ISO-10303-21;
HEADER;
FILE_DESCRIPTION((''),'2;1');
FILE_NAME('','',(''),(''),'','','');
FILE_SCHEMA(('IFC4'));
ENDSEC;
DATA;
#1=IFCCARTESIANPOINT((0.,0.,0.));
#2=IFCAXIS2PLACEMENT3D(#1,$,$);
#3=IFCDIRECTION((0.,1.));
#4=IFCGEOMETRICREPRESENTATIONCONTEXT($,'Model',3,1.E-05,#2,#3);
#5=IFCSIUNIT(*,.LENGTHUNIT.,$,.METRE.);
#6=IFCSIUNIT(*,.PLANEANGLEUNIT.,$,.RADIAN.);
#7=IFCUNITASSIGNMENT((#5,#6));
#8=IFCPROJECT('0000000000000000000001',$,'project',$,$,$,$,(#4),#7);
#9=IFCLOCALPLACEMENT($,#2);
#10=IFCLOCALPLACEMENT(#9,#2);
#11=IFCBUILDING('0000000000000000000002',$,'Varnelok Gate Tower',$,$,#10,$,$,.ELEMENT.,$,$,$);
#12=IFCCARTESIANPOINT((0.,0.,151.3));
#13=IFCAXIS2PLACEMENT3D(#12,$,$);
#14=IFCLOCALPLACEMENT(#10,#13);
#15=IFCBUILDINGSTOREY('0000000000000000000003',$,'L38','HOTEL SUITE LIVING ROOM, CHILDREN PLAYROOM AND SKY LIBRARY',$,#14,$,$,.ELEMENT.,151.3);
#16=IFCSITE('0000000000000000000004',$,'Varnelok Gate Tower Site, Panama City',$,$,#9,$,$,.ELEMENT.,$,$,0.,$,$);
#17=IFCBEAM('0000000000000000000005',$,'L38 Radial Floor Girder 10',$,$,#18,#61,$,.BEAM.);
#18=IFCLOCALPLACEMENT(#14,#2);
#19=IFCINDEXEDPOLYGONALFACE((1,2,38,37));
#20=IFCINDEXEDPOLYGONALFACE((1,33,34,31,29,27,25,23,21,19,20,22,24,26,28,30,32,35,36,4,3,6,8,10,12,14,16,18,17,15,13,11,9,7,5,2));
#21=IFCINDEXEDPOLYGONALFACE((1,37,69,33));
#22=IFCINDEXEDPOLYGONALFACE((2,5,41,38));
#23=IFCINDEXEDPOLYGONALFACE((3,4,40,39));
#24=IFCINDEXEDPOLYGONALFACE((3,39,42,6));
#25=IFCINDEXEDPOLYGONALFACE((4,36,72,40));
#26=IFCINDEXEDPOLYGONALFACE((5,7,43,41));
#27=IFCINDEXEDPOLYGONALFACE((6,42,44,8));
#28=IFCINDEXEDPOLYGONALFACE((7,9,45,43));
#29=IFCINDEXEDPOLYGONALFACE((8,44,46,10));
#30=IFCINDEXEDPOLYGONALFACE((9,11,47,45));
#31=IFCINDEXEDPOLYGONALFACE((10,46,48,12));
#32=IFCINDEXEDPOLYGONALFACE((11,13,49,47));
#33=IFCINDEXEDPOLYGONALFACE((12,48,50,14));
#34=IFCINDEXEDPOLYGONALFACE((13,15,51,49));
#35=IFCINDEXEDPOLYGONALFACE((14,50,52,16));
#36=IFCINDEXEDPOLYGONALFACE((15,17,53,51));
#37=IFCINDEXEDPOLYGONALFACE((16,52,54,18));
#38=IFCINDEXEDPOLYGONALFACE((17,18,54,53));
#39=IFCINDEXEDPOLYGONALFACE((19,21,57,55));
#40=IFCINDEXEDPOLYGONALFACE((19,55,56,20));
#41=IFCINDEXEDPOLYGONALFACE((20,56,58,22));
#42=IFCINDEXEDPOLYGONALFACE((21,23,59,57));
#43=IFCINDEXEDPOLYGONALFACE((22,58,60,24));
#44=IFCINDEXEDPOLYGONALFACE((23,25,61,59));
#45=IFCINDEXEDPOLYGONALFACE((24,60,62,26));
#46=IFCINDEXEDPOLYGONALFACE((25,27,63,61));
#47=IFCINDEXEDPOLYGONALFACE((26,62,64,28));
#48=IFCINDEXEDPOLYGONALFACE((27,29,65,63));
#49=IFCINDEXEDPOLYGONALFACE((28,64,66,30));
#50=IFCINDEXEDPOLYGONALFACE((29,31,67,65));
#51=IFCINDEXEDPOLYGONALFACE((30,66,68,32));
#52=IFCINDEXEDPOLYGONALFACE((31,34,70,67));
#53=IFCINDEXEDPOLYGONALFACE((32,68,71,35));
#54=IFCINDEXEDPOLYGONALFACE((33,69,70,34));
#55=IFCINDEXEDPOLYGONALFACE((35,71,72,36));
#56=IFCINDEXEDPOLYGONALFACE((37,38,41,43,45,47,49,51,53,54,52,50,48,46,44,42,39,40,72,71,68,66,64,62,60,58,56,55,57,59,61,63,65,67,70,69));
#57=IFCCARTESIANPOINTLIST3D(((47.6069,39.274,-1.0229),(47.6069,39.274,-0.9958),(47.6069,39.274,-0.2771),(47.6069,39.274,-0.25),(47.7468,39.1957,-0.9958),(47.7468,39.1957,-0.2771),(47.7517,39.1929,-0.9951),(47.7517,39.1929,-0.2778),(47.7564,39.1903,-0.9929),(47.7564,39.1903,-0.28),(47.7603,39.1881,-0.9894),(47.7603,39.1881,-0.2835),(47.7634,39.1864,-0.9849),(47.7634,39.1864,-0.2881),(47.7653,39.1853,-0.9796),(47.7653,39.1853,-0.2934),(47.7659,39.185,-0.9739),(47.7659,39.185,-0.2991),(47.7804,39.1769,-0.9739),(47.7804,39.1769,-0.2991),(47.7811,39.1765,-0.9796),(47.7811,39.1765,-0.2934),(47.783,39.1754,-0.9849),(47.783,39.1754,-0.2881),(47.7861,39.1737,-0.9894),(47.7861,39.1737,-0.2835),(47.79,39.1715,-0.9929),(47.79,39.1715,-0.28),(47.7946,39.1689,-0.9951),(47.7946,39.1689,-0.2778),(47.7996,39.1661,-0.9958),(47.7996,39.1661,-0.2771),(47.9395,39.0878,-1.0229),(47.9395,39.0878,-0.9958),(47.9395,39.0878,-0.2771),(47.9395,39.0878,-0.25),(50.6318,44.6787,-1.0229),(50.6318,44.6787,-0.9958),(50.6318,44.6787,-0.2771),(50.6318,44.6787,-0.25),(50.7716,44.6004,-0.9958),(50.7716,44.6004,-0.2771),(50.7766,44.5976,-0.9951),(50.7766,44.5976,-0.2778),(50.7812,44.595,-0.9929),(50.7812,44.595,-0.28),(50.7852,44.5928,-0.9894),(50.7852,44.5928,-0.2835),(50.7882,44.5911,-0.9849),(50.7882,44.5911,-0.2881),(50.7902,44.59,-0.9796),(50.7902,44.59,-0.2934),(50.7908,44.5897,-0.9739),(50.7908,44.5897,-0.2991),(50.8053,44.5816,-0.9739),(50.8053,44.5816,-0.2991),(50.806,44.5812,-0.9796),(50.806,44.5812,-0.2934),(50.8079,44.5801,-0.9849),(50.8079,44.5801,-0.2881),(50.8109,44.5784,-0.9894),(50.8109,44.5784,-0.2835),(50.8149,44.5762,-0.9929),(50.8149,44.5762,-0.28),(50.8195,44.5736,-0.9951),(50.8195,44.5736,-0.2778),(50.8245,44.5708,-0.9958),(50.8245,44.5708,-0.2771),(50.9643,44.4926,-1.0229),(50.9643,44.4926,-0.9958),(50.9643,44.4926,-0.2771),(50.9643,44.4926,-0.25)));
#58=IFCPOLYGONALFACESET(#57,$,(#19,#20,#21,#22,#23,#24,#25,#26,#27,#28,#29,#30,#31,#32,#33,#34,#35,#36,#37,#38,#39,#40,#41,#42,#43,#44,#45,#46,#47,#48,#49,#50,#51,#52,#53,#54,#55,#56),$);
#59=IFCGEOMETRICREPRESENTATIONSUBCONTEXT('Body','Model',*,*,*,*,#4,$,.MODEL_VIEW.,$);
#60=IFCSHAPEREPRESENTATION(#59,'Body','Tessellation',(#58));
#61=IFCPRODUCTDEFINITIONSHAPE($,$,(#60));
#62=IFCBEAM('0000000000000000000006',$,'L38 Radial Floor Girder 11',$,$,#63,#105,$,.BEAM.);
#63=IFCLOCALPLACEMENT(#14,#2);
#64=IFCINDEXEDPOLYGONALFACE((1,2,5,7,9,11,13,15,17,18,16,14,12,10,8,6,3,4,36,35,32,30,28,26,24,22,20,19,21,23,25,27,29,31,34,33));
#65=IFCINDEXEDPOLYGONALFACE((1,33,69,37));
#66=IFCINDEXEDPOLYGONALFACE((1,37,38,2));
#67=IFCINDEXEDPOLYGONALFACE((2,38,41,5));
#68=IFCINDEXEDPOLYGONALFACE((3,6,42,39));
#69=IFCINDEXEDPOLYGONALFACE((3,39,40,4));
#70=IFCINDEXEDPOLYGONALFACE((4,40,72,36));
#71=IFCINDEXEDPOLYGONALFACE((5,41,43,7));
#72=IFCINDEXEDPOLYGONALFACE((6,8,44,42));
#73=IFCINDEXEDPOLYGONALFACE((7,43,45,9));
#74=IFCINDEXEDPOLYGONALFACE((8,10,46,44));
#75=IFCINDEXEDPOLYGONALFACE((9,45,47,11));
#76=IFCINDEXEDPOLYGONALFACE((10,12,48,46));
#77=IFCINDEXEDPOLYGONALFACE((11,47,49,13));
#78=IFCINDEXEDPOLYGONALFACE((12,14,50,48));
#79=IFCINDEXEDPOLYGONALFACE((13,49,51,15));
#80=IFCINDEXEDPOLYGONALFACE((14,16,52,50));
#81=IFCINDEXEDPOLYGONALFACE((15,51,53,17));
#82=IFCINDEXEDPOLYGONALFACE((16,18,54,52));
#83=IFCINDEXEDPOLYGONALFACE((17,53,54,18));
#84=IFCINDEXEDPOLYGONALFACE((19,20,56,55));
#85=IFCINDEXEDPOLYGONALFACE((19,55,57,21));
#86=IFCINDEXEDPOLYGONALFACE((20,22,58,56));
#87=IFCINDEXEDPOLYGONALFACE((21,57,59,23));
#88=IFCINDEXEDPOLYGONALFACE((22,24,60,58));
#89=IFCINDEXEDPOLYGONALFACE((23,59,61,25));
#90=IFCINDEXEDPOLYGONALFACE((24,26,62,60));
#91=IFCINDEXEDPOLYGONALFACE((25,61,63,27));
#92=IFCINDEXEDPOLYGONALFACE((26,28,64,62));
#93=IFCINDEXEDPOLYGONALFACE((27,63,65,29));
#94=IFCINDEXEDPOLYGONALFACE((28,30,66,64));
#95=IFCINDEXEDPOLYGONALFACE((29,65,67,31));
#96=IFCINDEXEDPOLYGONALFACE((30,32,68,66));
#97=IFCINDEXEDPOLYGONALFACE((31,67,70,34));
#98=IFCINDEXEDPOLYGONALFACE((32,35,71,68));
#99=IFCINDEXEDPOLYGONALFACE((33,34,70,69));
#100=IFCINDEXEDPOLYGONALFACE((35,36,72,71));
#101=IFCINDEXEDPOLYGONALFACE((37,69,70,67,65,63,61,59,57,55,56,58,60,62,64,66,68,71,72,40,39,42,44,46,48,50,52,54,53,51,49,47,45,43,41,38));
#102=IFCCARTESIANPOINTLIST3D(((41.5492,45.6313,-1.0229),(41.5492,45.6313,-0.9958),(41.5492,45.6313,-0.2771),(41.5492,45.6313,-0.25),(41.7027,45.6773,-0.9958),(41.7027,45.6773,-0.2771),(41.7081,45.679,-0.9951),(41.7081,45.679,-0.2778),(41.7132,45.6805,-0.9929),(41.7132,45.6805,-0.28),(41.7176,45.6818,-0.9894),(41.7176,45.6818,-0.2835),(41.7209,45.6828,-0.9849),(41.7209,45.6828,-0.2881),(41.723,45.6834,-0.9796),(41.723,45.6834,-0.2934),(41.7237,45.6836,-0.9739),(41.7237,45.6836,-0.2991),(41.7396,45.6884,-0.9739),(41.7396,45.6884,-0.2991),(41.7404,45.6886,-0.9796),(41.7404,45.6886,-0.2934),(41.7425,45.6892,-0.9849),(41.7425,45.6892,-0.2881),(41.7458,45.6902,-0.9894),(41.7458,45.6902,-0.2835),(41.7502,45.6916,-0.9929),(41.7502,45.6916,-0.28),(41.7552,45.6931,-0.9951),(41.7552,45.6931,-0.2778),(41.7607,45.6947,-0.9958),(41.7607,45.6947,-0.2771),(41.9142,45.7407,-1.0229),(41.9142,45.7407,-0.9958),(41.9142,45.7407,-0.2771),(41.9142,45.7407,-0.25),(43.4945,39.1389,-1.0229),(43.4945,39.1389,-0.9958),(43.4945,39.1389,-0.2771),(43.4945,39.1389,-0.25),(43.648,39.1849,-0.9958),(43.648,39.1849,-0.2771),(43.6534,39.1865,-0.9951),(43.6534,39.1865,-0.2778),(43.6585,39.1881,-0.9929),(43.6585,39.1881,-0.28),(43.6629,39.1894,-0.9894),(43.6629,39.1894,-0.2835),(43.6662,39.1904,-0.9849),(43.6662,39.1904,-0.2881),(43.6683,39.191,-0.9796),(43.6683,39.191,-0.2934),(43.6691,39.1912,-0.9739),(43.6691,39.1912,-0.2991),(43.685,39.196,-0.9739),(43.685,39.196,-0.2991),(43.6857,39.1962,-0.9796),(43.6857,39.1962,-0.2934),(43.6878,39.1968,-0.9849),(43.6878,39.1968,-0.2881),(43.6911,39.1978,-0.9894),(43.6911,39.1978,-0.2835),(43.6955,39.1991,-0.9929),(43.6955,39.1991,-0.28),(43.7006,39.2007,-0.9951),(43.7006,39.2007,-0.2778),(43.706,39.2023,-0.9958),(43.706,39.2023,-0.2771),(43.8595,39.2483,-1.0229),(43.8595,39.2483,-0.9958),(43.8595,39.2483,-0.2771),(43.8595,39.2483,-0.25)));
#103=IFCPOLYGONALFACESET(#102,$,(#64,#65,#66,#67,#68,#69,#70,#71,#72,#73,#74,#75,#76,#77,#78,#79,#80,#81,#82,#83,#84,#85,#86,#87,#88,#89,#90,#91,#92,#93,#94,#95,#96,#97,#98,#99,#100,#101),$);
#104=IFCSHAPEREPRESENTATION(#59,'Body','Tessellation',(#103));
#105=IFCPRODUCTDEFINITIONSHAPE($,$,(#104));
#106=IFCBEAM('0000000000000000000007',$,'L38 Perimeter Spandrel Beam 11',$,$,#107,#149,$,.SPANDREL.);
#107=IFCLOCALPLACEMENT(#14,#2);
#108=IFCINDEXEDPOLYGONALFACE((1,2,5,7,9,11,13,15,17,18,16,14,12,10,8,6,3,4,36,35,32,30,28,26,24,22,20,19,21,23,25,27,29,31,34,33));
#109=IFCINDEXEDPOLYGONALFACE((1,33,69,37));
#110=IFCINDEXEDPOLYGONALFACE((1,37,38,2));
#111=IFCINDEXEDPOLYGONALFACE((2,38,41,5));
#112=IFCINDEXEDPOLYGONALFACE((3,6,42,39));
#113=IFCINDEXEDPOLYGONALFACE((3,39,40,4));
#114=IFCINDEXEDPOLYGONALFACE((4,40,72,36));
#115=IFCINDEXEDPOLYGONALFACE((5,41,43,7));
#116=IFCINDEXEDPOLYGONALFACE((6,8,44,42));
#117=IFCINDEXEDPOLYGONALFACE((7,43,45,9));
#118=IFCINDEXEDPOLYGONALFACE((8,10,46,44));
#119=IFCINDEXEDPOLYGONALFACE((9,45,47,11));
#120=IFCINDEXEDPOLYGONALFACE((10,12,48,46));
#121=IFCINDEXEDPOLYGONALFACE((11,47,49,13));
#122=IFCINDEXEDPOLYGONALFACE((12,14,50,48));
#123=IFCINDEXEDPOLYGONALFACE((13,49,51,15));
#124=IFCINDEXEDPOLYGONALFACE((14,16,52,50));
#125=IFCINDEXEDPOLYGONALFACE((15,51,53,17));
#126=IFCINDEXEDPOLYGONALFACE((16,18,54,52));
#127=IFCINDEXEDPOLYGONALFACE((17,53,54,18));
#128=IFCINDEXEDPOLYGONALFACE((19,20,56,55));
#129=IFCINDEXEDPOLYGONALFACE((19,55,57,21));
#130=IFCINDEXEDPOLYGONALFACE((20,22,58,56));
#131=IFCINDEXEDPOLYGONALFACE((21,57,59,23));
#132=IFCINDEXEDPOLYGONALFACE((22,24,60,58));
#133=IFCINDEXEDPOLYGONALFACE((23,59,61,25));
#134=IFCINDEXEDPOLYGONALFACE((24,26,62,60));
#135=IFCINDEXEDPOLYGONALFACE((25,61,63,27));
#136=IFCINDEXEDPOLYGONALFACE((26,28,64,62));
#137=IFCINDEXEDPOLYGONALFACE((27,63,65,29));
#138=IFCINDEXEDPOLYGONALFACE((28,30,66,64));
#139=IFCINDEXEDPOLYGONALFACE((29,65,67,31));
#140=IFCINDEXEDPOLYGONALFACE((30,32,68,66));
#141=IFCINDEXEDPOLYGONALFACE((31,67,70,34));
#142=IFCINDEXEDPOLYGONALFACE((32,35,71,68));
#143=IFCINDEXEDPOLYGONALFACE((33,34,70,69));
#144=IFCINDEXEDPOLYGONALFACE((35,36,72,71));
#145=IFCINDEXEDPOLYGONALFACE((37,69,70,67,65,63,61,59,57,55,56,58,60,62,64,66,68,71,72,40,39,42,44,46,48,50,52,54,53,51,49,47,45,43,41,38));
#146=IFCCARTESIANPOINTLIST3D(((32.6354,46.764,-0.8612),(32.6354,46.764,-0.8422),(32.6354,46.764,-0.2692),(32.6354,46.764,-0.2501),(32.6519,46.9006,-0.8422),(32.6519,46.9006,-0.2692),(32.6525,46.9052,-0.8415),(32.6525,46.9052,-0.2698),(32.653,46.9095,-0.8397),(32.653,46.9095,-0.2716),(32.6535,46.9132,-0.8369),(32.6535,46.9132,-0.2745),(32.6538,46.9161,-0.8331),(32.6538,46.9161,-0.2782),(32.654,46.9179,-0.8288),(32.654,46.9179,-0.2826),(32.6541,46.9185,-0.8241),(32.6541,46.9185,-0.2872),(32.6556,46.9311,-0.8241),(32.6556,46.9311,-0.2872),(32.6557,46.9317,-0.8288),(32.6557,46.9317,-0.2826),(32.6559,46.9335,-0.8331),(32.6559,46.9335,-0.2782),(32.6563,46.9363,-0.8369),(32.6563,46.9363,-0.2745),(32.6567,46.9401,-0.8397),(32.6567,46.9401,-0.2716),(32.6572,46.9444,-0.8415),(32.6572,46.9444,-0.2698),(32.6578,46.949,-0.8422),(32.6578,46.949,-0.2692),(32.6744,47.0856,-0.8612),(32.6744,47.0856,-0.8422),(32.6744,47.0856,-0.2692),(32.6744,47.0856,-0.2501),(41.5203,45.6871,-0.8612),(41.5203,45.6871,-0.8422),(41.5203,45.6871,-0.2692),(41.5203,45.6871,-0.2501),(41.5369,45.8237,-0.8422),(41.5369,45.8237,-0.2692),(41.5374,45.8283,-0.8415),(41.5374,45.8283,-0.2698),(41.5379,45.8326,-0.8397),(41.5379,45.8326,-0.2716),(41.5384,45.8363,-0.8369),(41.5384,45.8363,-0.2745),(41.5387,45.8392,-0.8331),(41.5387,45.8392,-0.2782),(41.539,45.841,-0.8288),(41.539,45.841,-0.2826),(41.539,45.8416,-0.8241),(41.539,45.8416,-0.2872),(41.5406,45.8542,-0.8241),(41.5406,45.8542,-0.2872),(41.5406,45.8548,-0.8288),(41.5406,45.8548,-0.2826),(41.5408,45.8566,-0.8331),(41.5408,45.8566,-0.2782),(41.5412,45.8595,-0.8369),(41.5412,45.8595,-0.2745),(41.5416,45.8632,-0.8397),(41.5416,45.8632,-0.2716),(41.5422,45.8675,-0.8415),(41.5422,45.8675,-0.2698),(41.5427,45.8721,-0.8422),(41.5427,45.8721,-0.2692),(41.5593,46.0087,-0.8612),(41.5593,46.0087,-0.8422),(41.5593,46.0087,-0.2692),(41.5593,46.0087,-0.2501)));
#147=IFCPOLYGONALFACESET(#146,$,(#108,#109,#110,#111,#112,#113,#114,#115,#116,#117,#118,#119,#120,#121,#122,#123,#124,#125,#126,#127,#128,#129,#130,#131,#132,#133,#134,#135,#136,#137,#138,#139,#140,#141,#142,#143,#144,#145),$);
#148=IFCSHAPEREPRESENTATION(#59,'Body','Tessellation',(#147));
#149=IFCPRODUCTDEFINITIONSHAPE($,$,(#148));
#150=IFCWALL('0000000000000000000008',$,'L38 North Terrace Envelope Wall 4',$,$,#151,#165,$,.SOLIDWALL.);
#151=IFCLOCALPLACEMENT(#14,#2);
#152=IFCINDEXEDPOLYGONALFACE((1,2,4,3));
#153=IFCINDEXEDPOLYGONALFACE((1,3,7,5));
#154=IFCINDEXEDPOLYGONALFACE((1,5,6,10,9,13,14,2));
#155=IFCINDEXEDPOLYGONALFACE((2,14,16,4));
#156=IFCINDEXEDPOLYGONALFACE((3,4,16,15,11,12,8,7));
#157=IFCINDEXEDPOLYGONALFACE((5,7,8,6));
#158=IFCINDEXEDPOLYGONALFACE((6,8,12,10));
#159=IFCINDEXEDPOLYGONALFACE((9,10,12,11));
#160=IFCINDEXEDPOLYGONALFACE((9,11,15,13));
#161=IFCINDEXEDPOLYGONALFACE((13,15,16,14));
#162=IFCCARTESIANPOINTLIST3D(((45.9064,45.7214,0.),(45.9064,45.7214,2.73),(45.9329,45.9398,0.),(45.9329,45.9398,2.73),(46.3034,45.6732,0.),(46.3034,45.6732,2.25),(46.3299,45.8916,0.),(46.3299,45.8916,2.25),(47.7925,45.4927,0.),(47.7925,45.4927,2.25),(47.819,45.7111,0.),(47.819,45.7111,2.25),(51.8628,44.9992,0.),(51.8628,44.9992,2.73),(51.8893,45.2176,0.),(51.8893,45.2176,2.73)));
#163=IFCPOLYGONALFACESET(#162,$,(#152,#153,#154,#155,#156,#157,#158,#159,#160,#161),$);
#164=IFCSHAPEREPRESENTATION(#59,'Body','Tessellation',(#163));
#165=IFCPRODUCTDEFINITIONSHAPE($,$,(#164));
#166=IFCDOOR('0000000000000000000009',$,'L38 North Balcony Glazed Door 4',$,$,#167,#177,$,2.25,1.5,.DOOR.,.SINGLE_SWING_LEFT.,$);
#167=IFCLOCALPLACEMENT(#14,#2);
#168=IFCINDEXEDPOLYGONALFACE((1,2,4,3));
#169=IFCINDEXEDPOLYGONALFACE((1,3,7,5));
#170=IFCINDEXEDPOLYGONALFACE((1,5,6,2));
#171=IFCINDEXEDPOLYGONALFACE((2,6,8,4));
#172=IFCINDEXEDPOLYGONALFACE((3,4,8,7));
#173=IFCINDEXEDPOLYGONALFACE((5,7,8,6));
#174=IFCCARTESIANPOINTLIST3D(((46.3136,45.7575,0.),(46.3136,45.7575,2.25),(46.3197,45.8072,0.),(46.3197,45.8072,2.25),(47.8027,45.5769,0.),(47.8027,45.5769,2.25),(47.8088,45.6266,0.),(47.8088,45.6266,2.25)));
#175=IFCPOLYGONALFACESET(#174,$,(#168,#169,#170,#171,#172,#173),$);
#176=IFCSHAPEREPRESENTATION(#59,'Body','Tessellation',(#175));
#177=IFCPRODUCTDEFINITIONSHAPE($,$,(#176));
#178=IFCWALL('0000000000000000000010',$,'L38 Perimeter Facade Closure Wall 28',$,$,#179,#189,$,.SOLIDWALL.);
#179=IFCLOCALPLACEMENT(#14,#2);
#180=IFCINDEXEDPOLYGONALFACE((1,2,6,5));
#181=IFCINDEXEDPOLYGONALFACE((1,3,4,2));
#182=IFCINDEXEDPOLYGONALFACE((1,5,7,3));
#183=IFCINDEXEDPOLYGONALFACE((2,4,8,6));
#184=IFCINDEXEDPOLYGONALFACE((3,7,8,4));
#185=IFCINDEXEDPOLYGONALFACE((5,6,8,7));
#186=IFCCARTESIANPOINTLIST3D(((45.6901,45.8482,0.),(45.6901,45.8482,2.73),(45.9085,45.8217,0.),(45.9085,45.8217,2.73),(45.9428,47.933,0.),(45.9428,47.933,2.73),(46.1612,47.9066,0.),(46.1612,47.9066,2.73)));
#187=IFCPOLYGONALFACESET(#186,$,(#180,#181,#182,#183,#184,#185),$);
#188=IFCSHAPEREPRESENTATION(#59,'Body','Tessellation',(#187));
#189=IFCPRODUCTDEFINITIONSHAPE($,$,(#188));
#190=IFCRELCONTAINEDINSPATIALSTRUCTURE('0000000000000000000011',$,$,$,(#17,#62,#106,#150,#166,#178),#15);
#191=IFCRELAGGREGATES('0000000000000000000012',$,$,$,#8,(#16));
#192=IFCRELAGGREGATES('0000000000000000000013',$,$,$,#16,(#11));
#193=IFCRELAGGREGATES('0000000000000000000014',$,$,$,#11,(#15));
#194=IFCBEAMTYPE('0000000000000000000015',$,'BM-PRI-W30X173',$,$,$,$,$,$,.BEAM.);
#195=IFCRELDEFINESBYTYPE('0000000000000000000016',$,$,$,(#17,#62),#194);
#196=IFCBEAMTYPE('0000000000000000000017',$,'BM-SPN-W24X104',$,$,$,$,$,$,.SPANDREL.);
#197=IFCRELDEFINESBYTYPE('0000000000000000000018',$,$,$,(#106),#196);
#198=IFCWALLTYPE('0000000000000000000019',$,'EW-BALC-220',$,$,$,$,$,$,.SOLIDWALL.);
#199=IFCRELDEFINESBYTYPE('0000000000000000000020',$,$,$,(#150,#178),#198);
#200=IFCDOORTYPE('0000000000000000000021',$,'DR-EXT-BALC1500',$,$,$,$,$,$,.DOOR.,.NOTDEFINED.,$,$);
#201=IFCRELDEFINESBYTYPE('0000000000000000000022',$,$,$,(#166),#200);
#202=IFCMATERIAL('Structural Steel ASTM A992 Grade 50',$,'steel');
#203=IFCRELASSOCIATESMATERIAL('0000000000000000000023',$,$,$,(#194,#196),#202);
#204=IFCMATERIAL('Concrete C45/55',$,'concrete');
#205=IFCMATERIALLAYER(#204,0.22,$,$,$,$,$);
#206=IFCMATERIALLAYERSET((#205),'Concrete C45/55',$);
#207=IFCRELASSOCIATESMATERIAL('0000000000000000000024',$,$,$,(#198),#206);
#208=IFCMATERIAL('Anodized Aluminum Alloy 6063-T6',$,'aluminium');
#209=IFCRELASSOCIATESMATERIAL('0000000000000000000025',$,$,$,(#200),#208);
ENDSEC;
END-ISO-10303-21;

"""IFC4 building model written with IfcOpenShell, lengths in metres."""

from ifc_helpers import new_model, si_unit, direction, frame, frame_2d, origin, origin_2d, place, context, subcontext, project, spatial, rectangle, i_section, extrude, material, layer, layer_set, material_profile, profile_set, type_object, element, fill, save


model = new_model("IFC4")

# Units and contexts
model_context = context("Model", 3, precision=1e-05, world=origin(), true_north=direction((0.0, 1.0)))
body_context = subcontext(model_context, "Body", "Model", "MODEL_VIEW")
ifc_project = project(units=[si_unit("LENGTHUNIT", "METRE"), si_unit("PLANEANGLEUNIT", "RADIAN")], contexts=[model_context])

# Site, building, storey
site_placement = place(None, origin())
site = spatial("IfcSite", under=ifc_project, at=site_placement, Name="Varnelok Gate Tower Site, Panama City", CompositionType="ELEMENT", RefElevation=0.0)
building_placement = place(site_placement, origin())
building = spatial("IfcBuilding", under=site, at=building_placement, Name="Varnelok Gate Tower", CompositionType="ELEMENT")
storey_placement = place(building_placement, frame((0.0, 0.0, 151.3)))
storey = spatial("IfcBuildingStorey", under=building, at=storey_placement, Name="L38", Description="HOTEL SUITE LIVING ROOM, CHILDREN PLAYROOM AND SKY LIBRARY", CompositionType="ELEMENT", Elevation=151.3)

# Shared definitions
ifc_material_1 = material(Name="Structural Steel ASTM A992 Grade 50", Category="steel")

# Beams
ifc_material_profile_1 = material_profile(ifc_material_1, i_section(OverallWidth=0.3811, OverallDepth=0.7729, WebThickness=0.0166, FlangeThickness=0.0271, FilletRadius=0.022, at=origin_2d()), Name="W30X173")
ifc_profile_set_1 = profile_set([ifc_material_profile_1], Name="Structural Steel ASTM A992 Grade 50")
beam_type_1 = type_object("IfcBeamType", Name="BM-PRI-W30X173", PredefinedType="BEAM", material=ifc_profile_set_1)
beam_1_placement = place(storey_placement, frame((47.7732, 39.1809, -0.6365), z_axis=(0.488385, 0.872628, 0.0), x_axis=(-0.872628, 0.488385, 0.0)))
element("IfcBeam", 1, at=beam_1_placement, inside=storey, type_object=beam_type_1, Name="L38 Radial Floor Girder 10", PredefinedType="BEAM", context=body_context, shape_type="SweptSolid", body=[
    extrude(i_section(OverallWidth=0.3811, OverallDepth=0.7729, WebThickness=0.0166, FlangeThickness=0.0271, FilletRadius=0.022, at=origin_2d()), origin(), (0.0, 0.0, 1.0), 6.1936),
])
beam_2_placement = place(storey_placement, frame((43.677, 39.1936, -0.6365), z_axis=(-0.287021, 0.957924, 0.0), x_axis=(-0.957924, -0.287021, 0.0)))
element("IfcBeam", 2, at=beam_2_placement, inside=storey, type_object=beam_type_1, Name="L38 Radial Floor Girder 11", PredefinedType="BEAM", context=body_context, shape_type="SweptSolid", body=[
    extrude(i_section(OverallWidth=0.3811, OverallDepth=0.7729, WebThickness=0.0166, FlangeThickness=0.0271, FilletRadius=0.022, at=origin_2d()), origin(), (0.0, 0.0, 1.0), 6.7776),
])
ifc_material_profile_2 = material_profile(ifc_material_1, i_section(OverallWidth=0.324, OverallDepth=0.6111, WebThickness=0.0127, FlangeThickness=0.019, FilletRadius=0.0181, at=origin_2d()), Name="W24X104")
ifc_profile_set_2 = profile_set([ifc_material_profile_2], Name="Structural Steel ASTM A992 Grade 50")
beam_type_2 = type_object("IfcBeamType", Name="BM-SPN-W24X104", PredefinedType="SPANDREL", material=ifc_profile_set_2)
beam_3_placement = place(storey_placement, frame((41.5398, 45.8479, -0.5557), z_axis=(-0.992735, 0.120324, 0.0), x_axis=(-0.120324, -0.992735, 0.0)))
element("IfcBeam", 3, at=beam_3_placement, inside=storey, type_object=beam_type_2, Name="L38 Perimeter Spandrel Beam 11", PredefinedType="SPANDREL", context=body_context, shape_type="SweptSolid", body=[
    extrude(i_section(OverallWidth=0.324, OverallDepth=0.6111, WebThickness=0.0127, FlangeThickness=0.019, FilletRadius=0.0181, at=origin_2d()), origin(), (0.0, 0.0, 1.0), 8.95),
])

# Wall, opening, door
ifc_material_2 = material(Name="Concrete C45/55", Category="concrete")
ifc_layer_1 = layer(ifc_material_2, 0.22)
ifc_layer_set_1 = layer_set([ifc_layer_1], Name="Concrete C45/55")
wall_type_1 = type_object("IfcWallType", Name="EW-BALC-220", PredefinedType="SOLIDWALL", material=ifc_layer_set_1)
wall_1_placement = place(storey_placement, frame((45.9197, 45.8306, 0.0), z_axis=(0.0, 0.0, 1.0), x_axis=(0.99273, -0.120363, 0.0)))
wall_1 = element("IfcWall", 4, at=wall_1_placement, inside=storey, type_object=wall_type_1, Name="L38 North Terrace Envelope Wall 4", PredefinedType="SOLIDWALL", context=body_context, shape_type="SweptSolid", body=[
    extrude(rectangle(XDim=6.0, YDim=0.22, at=frame_2d((3.0, 0.0))), origin(), (0.0, 0.0, 1.0), 2.73),
])
opening_1_placement = place(wall_1_placement, frame((0.3999, 0.0, 0.0)))
opening_1 = element("IfcOpeningElement", 5, at=opening_1_placement, cuts=wall_1, PredefinedType="OPENING", context=body_context, shape_type="SweptSolid", body=[
    extrude(rectangle(XDim=1.5, YDim=2.25, at=frame_2d((0.75, 1.125))), frame((0.0, 0.1199, 0.0), z_axis=(0.0, -1.0, 0.0), x_axis=(1.0, 0.0, 0.0)), (0.0, 0.0, 1.0), 0.24),
])
ifc_material_3 = material(Name="Anodized Aluminum Alloy 6063-T6", Category="aluminium")
door_type_1 = type_object("IfcDoorType", Name="DR-EXT-BALC1500", OperationType="NOTDEFINED", PredefinedType="DOOR", material=ifc_material_3)
door_1_placement = place(opening_1_placement, origin())
door_1 = element("IfcDoor", 6, at=door_1_placement, inside=storey, type_object=door_type_1, Name="L38 North Balcony Glazed Door 4", OperationType="SINGLE_SWING_LEFT", OverallHeight=2.25, OverallWidth=1.5, PredefinedType="DOOR", context=body_context, shape_type="SweptSolid", body=[
    extrude(rectangle(XDim=1.5, YDim=2.25, at=frame_2d((0.75, 1.125))), frame((0.0, 0.0249, 0.0), z_axis=(0.0, -1.0, 0.0), x_axis=(1.0, 0.0, 0.0)), (0.0, 0.0, 1.0), 0.05),
])
fill(opening_1, door_1)

# Wall
wall_2_placement = place(storey_placement, frame((45.7993, 45.835, 0.0), z_axis=(0.0, 0.0, 1.0), x_axis=(0.120314, 0.992736, 0.0)))
element("IfcWall", 7, at=wall_2_placement, inside=storey, type_object=wall_type_1, Name="L38 Perimeter Facade Closure Wall 28", PredefinedType="SOLIDWALL", context=body_context, shape_type="SweptSolid", body=[
    extrude(rectangle(XDim=2.1001, YDim=0.22, at=frame_2d((1.05, 0.0))), origin(), (0.0, 0.0, 1.0), 2.73),
])

save(model, "model.ifc")
